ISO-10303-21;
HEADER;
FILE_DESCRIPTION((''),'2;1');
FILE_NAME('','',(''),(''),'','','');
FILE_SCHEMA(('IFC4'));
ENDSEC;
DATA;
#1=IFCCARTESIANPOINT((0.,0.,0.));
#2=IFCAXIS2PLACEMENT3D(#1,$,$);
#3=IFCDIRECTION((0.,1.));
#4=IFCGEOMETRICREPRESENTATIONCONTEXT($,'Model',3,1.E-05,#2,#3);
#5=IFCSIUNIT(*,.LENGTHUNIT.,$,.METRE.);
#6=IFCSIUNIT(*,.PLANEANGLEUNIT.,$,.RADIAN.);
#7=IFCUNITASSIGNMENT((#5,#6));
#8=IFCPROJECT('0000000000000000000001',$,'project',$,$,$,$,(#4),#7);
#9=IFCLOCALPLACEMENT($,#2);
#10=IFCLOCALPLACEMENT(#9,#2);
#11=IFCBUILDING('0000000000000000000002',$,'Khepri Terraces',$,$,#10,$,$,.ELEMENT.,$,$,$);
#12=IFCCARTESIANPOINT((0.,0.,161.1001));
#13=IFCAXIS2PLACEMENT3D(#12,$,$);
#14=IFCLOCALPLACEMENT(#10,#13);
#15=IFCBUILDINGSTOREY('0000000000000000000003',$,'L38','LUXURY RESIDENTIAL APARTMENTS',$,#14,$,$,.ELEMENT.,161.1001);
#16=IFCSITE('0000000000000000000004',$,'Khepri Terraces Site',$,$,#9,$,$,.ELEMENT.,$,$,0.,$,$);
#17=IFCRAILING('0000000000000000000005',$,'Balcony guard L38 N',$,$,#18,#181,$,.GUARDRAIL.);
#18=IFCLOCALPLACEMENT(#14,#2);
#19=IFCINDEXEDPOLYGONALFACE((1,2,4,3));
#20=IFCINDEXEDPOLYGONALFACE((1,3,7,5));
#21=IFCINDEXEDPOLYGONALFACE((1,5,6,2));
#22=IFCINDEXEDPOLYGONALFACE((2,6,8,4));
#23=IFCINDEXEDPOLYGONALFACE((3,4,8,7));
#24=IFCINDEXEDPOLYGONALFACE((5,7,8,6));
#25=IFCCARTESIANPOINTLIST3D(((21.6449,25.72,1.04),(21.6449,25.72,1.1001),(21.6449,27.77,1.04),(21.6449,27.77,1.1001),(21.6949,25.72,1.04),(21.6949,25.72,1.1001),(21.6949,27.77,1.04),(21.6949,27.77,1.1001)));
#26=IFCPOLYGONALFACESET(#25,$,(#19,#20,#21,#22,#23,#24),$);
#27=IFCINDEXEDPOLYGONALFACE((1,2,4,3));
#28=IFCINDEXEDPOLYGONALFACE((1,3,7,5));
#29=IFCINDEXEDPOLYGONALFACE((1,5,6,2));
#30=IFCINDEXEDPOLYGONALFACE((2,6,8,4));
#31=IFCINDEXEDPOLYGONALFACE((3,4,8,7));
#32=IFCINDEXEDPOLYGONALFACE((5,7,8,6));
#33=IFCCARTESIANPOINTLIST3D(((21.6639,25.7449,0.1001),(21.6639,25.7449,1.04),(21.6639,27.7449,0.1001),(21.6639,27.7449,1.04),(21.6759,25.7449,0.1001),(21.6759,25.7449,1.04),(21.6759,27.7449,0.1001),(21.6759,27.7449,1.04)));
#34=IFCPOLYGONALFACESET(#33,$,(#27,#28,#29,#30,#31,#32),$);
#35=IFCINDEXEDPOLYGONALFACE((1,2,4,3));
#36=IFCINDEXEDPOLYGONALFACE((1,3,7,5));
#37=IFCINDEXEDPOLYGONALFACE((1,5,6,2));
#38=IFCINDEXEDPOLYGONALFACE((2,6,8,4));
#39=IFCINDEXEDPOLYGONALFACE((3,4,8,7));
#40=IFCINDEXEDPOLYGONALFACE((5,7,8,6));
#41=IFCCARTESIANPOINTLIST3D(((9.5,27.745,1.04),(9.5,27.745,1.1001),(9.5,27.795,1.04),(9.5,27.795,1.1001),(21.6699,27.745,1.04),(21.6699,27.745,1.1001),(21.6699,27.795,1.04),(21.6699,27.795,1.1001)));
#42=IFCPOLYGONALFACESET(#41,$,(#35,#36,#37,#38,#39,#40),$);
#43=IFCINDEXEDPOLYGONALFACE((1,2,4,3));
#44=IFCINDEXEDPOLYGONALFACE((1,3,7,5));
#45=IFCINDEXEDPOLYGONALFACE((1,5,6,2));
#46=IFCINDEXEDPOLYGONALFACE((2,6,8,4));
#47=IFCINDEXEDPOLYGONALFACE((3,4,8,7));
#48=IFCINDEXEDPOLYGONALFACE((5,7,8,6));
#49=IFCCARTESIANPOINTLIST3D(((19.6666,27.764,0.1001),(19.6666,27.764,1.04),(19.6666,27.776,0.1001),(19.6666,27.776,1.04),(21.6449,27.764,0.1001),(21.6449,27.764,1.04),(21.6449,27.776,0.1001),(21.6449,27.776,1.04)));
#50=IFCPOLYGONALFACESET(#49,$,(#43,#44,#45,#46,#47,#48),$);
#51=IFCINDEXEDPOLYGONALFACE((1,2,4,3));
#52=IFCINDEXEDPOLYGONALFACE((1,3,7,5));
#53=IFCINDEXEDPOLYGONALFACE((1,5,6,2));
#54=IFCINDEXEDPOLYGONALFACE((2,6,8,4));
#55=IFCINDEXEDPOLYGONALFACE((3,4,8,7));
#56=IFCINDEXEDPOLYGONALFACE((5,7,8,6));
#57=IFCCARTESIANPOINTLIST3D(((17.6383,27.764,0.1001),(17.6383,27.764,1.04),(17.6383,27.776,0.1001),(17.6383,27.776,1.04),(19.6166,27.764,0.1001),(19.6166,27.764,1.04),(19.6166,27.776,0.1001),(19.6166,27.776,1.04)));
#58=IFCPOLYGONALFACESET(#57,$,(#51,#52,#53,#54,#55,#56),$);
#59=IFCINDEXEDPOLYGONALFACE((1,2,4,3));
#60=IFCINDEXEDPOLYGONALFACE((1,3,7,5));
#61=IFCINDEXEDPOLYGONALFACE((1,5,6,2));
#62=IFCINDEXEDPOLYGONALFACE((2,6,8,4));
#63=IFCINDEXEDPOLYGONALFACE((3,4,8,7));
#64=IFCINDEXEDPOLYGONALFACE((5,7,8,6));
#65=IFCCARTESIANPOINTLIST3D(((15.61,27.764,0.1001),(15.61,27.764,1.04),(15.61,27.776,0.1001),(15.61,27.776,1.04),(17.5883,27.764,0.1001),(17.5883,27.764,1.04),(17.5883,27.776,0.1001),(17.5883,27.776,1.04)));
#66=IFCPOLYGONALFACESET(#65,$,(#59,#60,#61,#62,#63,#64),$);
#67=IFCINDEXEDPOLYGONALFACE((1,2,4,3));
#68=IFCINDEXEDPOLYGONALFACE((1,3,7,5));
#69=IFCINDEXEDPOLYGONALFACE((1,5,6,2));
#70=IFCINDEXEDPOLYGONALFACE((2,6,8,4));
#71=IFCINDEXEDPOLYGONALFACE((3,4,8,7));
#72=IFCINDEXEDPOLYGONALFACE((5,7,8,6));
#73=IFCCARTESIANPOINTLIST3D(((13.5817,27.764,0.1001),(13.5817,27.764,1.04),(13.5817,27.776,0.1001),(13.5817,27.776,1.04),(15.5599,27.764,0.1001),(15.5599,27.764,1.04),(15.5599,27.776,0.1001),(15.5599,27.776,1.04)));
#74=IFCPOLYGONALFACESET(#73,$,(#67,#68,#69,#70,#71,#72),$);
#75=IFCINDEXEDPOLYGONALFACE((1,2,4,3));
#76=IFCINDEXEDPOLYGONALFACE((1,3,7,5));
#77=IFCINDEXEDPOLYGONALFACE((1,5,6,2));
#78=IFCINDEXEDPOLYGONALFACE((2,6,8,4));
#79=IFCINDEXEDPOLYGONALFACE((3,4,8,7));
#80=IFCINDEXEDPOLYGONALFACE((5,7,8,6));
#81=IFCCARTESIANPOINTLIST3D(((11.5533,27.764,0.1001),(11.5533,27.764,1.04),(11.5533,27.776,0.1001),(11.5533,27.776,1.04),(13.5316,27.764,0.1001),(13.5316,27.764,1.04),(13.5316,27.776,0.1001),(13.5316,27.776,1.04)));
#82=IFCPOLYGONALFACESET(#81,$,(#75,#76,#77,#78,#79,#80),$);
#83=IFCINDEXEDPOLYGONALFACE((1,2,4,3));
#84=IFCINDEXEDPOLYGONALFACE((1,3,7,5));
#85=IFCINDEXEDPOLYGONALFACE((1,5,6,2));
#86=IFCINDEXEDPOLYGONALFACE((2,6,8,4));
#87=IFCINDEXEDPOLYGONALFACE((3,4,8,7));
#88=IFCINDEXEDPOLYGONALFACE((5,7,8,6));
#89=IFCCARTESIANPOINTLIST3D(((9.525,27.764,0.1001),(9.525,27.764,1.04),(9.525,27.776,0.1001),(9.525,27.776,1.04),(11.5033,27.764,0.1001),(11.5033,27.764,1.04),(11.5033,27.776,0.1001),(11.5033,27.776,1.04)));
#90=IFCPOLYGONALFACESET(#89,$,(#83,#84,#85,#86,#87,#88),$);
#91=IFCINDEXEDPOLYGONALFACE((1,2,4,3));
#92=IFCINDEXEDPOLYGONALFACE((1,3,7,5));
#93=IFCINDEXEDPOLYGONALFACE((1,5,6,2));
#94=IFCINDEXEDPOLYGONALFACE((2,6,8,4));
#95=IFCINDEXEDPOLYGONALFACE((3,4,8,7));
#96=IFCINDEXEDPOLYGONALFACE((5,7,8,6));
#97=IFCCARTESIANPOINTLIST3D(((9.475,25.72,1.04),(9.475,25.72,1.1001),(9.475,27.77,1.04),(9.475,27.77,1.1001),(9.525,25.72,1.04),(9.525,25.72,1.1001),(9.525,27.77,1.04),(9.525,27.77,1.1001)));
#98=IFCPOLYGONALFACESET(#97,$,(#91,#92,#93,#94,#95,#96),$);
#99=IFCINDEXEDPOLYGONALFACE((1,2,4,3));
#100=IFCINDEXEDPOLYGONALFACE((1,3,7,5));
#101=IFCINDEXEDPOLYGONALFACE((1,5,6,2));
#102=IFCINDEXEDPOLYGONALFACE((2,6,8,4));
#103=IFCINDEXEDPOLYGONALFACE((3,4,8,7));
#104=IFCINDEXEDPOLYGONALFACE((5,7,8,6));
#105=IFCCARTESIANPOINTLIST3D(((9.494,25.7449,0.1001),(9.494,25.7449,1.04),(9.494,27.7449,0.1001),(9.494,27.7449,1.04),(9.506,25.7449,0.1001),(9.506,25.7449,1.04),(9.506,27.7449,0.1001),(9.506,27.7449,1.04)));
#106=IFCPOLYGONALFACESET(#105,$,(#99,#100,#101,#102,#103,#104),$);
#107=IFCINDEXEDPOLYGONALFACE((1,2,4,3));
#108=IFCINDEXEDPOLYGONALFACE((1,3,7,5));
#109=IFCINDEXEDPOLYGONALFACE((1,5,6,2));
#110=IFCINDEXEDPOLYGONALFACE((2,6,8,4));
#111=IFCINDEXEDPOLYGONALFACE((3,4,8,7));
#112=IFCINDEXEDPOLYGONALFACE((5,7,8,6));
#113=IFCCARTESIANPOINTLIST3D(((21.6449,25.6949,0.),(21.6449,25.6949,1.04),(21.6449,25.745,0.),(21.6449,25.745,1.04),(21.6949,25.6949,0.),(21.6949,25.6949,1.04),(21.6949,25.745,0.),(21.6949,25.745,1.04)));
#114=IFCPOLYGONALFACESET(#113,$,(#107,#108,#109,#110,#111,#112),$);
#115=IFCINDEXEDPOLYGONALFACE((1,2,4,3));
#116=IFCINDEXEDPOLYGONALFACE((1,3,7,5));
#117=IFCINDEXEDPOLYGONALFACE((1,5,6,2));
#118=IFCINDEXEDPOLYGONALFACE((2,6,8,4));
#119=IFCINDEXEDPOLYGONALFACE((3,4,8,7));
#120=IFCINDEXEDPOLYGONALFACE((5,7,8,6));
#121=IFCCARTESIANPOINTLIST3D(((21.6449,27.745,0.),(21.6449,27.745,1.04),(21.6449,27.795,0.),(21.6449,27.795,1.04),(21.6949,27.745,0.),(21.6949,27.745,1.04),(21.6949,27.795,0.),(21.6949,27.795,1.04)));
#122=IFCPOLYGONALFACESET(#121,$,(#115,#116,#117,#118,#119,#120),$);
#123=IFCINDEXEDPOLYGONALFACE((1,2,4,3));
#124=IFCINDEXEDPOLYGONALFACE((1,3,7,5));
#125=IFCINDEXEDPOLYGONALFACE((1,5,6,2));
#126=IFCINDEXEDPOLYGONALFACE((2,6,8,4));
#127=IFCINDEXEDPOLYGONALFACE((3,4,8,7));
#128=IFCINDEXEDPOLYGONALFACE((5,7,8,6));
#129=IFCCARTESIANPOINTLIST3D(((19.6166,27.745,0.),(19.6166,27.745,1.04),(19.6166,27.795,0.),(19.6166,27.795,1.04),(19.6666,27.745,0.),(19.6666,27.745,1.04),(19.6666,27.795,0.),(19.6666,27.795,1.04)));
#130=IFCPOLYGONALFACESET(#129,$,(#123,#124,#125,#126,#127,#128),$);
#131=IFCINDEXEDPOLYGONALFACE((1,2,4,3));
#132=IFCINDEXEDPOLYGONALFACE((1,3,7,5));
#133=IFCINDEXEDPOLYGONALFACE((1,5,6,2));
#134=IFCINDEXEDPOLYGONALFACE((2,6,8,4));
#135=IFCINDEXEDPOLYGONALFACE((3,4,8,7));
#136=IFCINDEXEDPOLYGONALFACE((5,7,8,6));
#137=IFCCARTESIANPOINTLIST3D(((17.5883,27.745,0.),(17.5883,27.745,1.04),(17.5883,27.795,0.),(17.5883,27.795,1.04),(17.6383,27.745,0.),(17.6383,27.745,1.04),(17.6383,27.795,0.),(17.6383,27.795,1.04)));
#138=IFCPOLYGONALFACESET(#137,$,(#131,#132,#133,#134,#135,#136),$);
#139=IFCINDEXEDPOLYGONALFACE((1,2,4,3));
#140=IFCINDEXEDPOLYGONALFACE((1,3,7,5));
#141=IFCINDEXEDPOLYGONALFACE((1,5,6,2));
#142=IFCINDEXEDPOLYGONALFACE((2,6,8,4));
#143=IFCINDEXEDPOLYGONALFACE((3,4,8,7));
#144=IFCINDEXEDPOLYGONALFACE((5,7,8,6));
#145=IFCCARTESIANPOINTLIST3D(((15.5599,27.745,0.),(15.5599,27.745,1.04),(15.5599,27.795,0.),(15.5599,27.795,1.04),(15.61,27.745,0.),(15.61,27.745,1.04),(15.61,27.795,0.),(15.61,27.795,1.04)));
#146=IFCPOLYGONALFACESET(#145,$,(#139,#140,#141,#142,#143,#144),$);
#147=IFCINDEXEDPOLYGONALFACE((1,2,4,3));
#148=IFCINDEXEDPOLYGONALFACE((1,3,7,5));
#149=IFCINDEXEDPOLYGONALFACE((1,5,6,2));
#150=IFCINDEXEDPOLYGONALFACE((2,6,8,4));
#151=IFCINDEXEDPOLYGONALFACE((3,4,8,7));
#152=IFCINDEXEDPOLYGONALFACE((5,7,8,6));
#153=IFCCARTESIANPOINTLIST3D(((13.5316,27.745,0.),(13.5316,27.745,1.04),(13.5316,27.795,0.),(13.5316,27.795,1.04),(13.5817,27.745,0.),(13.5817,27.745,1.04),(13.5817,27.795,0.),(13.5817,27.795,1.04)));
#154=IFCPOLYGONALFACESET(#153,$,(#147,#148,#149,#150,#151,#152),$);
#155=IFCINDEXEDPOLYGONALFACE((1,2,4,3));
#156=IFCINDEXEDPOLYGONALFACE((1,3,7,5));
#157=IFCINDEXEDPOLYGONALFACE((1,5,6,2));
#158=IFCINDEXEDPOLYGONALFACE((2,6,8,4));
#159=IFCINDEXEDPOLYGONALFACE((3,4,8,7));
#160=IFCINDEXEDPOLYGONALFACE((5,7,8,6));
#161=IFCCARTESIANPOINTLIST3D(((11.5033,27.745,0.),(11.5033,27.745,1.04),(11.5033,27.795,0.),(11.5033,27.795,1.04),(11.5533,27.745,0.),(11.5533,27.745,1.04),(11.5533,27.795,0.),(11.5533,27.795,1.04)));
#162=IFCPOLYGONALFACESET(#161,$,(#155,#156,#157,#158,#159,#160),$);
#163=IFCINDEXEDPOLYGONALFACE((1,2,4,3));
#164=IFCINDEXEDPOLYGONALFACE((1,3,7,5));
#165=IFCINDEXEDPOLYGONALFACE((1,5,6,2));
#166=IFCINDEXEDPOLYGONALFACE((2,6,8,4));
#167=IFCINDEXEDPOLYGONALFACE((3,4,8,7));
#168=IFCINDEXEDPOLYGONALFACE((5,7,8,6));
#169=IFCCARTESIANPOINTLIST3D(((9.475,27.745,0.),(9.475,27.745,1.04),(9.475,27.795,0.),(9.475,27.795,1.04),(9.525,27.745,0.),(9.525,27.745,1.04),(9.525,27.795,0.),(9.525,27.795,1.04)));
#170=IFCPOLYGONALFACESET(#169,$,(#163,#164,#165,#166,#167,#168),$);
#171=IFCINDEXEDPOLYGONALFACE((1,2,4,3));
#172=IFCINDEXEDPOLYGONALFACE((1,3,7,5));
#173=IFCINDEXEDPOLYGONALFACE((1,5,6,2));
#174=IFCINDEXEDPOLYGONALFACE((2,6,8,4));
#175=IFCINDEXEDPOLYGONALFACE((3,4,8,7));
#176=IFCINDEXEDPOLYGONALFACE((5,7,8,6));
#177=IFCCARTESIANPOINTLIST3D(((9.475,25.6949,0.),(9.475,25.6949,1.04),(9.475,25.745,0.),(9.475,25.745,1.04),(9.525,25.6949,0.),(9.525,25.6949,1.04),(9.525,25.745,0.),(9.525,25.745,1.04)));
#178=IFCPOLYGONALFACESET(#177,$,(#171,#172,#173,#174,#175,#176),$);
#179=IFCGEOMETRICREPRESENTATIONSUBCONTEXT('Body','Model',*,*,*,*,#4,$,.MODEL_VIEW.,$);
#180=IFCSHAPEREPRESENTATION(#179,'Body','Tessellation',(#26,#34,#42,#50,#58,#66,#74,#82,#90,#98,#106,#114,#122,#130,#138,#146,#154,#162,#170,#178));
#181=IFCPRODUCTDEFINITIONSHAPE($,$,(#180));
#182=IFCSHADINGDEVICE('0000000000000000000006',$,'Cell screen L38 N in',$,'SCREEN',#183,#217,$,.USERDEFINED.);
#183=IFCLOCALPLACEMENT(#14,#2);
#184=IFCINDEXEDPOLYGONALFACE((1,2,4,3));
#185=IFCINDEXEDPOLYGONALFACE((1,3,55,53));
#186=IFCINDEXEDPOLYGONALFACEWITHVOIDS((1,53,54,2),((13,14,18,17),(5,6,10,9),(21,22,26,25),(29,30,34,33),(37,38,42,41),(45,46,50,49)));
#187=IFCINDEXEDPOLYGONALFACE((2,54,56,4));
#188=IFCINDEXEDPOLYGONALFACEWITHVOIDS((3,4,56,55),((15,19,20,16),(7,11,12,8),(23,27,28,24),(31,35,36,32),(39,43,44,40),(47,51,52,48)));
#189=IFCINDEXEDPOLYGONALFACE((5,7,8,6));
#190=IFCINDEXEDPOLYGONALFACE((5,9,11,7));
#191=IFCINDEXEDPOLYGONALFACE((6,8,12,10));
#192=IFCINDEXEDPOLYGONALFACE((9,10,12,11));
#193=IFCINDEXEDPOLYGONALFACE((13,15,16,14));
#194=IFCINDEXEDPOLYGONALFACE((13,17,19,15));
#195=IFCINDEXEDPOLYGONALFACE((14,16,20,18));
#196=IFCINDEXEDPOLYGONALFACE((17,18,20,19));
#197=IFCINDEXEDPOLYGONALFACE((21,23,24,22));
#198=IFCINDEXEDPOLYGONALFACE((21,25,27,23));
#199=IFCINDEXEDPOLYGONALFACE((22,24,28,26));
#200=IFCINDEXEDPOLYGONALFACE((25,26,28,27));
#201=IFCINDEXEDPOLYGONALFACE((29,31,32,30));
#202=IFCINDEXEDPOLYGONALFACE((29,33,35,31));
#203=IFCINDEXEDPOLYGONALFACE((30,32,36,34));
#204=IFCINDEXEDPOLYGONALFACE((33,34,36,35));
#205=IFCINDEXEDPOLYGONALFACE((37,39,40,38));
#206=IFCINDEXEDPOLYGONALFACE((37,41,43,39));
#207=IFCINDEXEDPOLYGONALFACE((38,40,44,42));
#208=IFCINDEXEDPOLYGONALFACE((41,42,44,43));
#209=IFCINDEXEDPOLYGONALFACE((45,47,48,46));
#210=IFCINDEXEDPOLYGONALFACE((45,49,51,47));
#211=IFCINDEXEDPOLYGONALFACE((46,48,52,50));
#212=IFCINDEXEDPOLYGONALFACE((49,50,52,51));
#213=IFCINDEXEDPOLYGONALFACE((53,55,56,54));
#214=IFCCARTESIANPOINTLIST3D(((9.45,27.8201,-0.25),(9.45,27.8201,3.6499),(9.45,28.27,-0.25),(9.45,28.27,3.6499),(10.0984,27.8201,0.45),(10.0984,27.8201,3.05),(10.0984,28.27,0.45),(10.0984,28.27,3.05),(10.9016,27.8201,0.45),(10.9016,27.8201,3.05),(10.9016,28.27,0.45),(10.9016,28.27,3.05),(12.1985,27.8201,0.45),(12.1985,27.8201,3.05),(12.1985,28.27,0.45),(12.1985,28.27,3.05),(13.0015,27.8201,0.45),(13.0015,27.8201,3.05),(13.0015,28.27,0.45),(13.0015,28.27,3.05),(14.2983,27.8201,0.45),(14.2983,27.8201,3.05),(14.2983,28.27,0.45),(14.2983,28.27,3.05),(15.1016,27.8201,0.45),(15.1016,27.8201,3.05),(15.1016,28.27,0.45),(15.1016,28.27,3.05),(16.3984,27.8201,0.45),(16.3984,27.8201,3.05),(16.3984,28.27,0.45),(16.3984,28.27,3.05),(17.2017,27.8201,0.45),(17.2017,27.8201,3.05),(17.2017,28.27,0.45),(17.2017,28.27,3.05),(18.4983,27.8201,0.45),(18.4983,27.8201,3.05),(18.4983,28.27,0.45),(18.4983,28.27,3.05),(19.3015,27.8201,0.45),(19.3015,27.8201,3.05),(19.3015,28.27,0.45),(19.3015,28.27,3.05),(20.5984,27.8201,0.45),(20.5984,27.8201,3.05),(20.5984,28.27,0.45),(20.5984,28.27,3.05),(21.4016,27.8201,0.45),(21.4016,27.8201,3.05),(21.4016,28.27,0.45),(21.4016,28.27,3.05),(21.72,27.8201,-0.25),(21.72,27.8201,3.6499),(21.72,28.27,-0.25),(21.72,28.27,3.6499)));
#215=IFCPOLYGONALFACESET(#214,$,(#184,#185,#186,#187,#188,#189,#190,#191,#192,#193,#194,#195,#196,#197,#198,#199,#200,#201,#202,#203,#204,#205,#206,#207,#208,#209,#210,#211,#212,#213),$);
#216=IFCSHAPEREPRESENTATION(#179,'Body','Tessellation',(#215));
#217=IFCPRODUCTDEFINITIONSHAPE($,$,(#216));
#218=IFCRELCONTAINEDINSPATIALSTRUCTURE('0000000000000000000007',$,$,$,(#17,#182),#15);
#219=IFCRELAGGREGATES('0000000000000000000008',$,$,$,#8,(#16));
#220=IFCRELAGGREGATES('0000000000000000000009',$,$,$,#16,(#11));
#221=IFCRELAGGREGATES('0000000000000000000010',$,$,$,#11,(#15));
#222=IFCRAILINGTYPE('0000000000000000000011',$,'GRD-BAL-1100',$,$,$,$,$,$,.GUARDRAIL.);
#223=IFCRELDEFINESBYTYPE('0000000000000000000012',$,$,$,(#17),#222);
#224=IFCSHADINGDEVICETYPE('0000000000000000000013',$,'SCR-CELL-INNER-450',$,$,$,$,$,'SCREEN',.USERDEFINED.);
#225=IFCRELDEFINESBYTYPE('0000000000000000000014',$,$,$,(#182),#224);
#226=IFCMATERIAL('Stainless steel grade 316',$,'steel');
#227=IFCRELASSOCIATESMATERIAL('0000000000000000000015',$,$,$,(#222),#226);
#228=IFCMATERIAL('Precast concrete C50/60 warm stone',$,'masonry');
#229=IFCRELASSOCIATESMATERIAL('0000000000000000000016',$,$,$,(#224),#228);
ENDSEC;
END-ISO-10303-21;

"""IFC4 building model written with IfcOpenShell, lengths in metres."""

from ifc_helpers import new_model, si_unit, direction, frame, origin, origin_2d, place, context, subcontext, project, spatial, polyline, rectangle, outline, extrude, material, type_object, element, save


model = new_model("IFC4")

# Units and contexts
model_context = context("Model", 3, precision=1e-05, world=origin(), true_north=direction((0.0, 1.0)))
body_context = subcontext(model_context, "Body", "Model", "MODEL_VIEW")
ifc_project = project(units=[si_unit("LENGTHUNIT", "METRE"), si_unit("PLANEANGLEUNIT", "RADIAN")], contexts=[model_context])

# Site, building, storey
site_placement = place(None, origin())
site = spatial("IfcSite", under=ifc_project, at=site_placement, Name="Khepri Terraces Site", CompositionType="ELEMENT", RefElevation=0.0)
building_placement = place(site_placement, origin())
building = spatial("IfcBuilding", under=site, at=building_placement, Name="Khepri Terraces", CompositionType="ELEMENT")
storey_placement = place(building_placement, frame((0.0, 0.0, 161.1001)))
storey = spatial("IfcBuildingStorey", under=building, at=storey_placement, Name="L38", Description="LUXURY RESIDENTIAL APARTMENTS", CompositionType="ELEMENT", Elevation=161.1001)

# Shared definitions
ifc_material_1 = material(Name="Precast concrete C50/60 warm stone", Category="masonry")

# Railing
ifc_material_2 = material(Name="Stainless steel grade 316", Category="steel")
railing_type = type_object("IfcRailingType", Name="GRD-BAL-1100", PredefinedType="GUARDRAIL", material=ifc_material_2)
railing_placement = place(storey_placement, frame((21.6699, 25.72, 0.0)))
element("IfcRailing", 1, at=railing_placement, inside=storey, type_object=railing_type, Name="Balcony guard L38 N", PredefinedType="GUARDRAIL", context=body_context, shape_type="SweptSolid", body=[
    extrude(rectangle(XDim=0.05, YDim=0.0601, at=origin_2d()), frame((0.0, 0.0, 1.0701), z_axis=(0.0, 1.0, 0.0), x_axis=(-1.0, 0.0, 0.0)), (0.0, 0.0, 1.0), 2.05),
    extrude(rectangle(XDim=2.0, YDim=0.012, at=origin_2d()), frame((0.0, 1.0249, 0.1001), z_axis=(0.0, 0.0, 1.0), x_axis=(0.0, 1.0, 0.0)), (0.0, 0.0, 1.0), 0.9399),
    extrude(rectangle(XDim=0.05, YDim=0.0601, at=origin_2d()), frame((0.0, 2.05, 1.0701), z_axis=(-1.0, 0.0, 0.0), x_axis=(0.0, -1.0, 0.0)), (0.0, 0.0, 1.0), 12.1699),
    extrude(rectangle(XDim=1.9783, YDim=0.012, at=origin_2d()), frame((-1.0142, 2.05, 0.1001), z_axis=(0.0, 0.0, 1.0), x_axis=(-1.0, 0.0, 0.0)), (0.0, 0.0, 1.0), 0.9399),
    extrude(rectangle(XDim=1.9783, YDim=0.012, at=origin_2d()), frame((-3.0425, 2.05, 0.1001), z_axis=(0.0, 0.0, 1.0), x_axis=(-1.0, 0.0, 0.0)), (0.0, 0.0, 1.0), 0.9399),
    extrude(rectangle(XDim=1.9783, YDim=0.012, at=origin_2d()), frame((-5.0708, 2.05, 0.1001), z_axis=(0.0, 0.0, 1.0), x_axis=(-1.0, 0.0, 0.0)), (0.0, 0.0, 1.0), 0.9399),
    extrude(rectangle(XDim=1.9783, YDim=0.012, at=origin_2d()), frame((-7.0991, 2.05, 0.1001), z_axis=(0.0, 0.0, 1.0), x_axis=(-1.0, 0.0, 0.0)), (0.0, 0.0, 1.0), 0.9399),
    extrude(rectangle(XDim=1.9783, YDim=0.012, at=origin_2d()), frame((-9.1274, 2.05, 0.1001), z_axis=(0.0, 0.0, 1.0), x_axis=(-1.0, 0.0, 0.0)), (0.0, 0.0, 1.0), 0.9399),
    extrude(rectangle(XDim=1.9783, YDim=0.012, at=origin_2d()), frame((-11.1558, 2.05, 0.1001), z_axis=(0.0, 0.0, 1.0), x_axis=(-1.0, 0.0, 0.0)), (0.0, 0.0, 1.0), 0.9399),
    extrude(rectangle(XDim=0.05, YDim=0.0601, at=origin_2d()), frame((-12.1699, 2.05, 1.0701), z_axis=(0.0, -1.0, 0.0), x_axis=(1.0, 0.0, 0.0)), (0.0, 0.0, 1.0), 2.05),
    extrude(rectangle(XDim=2.0, YDim=0.012, at=origin_2d()), frame((-12.1699, 1.0249, 0.1001), z_axis=(0.0, 0.0, 1.0), x_axis=(0.0, -1.0, 0.0)), (0.0, 0.0, 1.0), 0.9399),
    extrude(rectangle(XDim=0.05, YDim=0.05, at=origin_2d()), origin(), (0.0, 0.0, 1.0), 1.04),
    extrude(rectangle(XDim=0.05, YDim=0.05, at=origin_2d()), frame((0.0, 2.05, 0.0)), (0.0, 0.0, 1.0), 1.04),
    extrude(rectangle(XDim=0.05, YDim=0.05, at=origin_2d()), frame((-2.0283, 2.05, 0.0)), (0.0, 0.0, 1.0), 1.04),
    extrude(rectangle(XDim=0.05, YDim=0.05, at=origin_2d()), frame((-4.0566, 2.05, 0.0)), (0.0, 0.0, 1.0), 1.04),
    extrude(rectangle(XDim=0.05, YDim=0.05, at=origin_2d()), frame((-6.085, 2.05, 0.0)), (0.0, 0.0, 1.0), 1.04),
    extrude(rectangle(XDim=0.05, YDim=0.05, at=origin_2d()), frame((-8.1133, 2.05, 0.0)), (0.0, 0.0, 1.0), 1.04),
    extrude(rectangle(XDim=0.05, YDim=0.05, at=origin_2d()), frame((-10.1416, 2.05, 0.0)), (0.0, 0.0, 1.0), 1.04),
    extrude(rectangle(XDim=0.05, YDim=0.05, at=origin_2d()), frame((-12.1699, 2.05, 0.0)), (0.0, 0.0, 1.0), 1.04),
    extrude(rectangle(XDim=0.05, YDim=0.05, at=origin_2d()), frame((-12.1699, 0.0, 0.0)), (0.0, 0.0, 1.0), 1.04),
])

# Shading device
shading_device_type_1 = type_object("IfcShadingDeviceType", Name="SCR-CELL-INNER-450", ElementType="SCREEN", PredefinedType="USERDEFINED", material=ifc_material_1)
shading_device_1_placement = place(storey_placement, frame((21.72, 27.8201, -0.25), z_axis=(0.0, 1.0, 0.0), x_axis=(-1.0, 0.0, 0.0)))
element("IfcShadingDevice", 2, at=shading_device_1_placement, inside=storey, type_object=shading_device_type_1, Name="Cell screen L38 N in", ObjectType="SCREEN", PredefinedType="USERDEFINED", context=body_context, shape_type="SweptSolid", body=[
    extrude(outline(polyline([(0.0, 0.0), (12.27, 0.0), (12.27, 3.8999), (0.0, 3.8999), (0.0, 0.0)]), holes=[polyline([(0.3184, 0.7), (1.1216, 0.7), (1.1216, 3.3), (0.3184, 3.3), (0.3184, 0.7)]), polyline([(2.4185, 0.7), (3.2217, 0.7), (3.2217, 3.3), (2.4185, 3.3), (2.4185, 0.7)]), polyline([(4.5183, 0.7), (5.3215, 0.7), (5.3215, 3.3), (4.5183, 3.3), (4.5183, 0.7)]), polyline([(6.6184, 0.7), (7.4216, 0.7), (7.4216, 3.3), (6.6184, 3.3), (6.6184, 0.7)]), polyline([(8.7185, 0.7), (9.5215, 0.7), (9.5215, 3.3), (8.7185, 3.3), (8.7185, 0.7)]), polyline([(10.8184, 0.7), (11.6216, 0.7), (11.6216, 3.3), (10.8184, 3.3), (10.8184, 0.7)])]), origin(), (0.0, 0.0, 1.0), 0.45),
])

save(model, "model.ifc")
